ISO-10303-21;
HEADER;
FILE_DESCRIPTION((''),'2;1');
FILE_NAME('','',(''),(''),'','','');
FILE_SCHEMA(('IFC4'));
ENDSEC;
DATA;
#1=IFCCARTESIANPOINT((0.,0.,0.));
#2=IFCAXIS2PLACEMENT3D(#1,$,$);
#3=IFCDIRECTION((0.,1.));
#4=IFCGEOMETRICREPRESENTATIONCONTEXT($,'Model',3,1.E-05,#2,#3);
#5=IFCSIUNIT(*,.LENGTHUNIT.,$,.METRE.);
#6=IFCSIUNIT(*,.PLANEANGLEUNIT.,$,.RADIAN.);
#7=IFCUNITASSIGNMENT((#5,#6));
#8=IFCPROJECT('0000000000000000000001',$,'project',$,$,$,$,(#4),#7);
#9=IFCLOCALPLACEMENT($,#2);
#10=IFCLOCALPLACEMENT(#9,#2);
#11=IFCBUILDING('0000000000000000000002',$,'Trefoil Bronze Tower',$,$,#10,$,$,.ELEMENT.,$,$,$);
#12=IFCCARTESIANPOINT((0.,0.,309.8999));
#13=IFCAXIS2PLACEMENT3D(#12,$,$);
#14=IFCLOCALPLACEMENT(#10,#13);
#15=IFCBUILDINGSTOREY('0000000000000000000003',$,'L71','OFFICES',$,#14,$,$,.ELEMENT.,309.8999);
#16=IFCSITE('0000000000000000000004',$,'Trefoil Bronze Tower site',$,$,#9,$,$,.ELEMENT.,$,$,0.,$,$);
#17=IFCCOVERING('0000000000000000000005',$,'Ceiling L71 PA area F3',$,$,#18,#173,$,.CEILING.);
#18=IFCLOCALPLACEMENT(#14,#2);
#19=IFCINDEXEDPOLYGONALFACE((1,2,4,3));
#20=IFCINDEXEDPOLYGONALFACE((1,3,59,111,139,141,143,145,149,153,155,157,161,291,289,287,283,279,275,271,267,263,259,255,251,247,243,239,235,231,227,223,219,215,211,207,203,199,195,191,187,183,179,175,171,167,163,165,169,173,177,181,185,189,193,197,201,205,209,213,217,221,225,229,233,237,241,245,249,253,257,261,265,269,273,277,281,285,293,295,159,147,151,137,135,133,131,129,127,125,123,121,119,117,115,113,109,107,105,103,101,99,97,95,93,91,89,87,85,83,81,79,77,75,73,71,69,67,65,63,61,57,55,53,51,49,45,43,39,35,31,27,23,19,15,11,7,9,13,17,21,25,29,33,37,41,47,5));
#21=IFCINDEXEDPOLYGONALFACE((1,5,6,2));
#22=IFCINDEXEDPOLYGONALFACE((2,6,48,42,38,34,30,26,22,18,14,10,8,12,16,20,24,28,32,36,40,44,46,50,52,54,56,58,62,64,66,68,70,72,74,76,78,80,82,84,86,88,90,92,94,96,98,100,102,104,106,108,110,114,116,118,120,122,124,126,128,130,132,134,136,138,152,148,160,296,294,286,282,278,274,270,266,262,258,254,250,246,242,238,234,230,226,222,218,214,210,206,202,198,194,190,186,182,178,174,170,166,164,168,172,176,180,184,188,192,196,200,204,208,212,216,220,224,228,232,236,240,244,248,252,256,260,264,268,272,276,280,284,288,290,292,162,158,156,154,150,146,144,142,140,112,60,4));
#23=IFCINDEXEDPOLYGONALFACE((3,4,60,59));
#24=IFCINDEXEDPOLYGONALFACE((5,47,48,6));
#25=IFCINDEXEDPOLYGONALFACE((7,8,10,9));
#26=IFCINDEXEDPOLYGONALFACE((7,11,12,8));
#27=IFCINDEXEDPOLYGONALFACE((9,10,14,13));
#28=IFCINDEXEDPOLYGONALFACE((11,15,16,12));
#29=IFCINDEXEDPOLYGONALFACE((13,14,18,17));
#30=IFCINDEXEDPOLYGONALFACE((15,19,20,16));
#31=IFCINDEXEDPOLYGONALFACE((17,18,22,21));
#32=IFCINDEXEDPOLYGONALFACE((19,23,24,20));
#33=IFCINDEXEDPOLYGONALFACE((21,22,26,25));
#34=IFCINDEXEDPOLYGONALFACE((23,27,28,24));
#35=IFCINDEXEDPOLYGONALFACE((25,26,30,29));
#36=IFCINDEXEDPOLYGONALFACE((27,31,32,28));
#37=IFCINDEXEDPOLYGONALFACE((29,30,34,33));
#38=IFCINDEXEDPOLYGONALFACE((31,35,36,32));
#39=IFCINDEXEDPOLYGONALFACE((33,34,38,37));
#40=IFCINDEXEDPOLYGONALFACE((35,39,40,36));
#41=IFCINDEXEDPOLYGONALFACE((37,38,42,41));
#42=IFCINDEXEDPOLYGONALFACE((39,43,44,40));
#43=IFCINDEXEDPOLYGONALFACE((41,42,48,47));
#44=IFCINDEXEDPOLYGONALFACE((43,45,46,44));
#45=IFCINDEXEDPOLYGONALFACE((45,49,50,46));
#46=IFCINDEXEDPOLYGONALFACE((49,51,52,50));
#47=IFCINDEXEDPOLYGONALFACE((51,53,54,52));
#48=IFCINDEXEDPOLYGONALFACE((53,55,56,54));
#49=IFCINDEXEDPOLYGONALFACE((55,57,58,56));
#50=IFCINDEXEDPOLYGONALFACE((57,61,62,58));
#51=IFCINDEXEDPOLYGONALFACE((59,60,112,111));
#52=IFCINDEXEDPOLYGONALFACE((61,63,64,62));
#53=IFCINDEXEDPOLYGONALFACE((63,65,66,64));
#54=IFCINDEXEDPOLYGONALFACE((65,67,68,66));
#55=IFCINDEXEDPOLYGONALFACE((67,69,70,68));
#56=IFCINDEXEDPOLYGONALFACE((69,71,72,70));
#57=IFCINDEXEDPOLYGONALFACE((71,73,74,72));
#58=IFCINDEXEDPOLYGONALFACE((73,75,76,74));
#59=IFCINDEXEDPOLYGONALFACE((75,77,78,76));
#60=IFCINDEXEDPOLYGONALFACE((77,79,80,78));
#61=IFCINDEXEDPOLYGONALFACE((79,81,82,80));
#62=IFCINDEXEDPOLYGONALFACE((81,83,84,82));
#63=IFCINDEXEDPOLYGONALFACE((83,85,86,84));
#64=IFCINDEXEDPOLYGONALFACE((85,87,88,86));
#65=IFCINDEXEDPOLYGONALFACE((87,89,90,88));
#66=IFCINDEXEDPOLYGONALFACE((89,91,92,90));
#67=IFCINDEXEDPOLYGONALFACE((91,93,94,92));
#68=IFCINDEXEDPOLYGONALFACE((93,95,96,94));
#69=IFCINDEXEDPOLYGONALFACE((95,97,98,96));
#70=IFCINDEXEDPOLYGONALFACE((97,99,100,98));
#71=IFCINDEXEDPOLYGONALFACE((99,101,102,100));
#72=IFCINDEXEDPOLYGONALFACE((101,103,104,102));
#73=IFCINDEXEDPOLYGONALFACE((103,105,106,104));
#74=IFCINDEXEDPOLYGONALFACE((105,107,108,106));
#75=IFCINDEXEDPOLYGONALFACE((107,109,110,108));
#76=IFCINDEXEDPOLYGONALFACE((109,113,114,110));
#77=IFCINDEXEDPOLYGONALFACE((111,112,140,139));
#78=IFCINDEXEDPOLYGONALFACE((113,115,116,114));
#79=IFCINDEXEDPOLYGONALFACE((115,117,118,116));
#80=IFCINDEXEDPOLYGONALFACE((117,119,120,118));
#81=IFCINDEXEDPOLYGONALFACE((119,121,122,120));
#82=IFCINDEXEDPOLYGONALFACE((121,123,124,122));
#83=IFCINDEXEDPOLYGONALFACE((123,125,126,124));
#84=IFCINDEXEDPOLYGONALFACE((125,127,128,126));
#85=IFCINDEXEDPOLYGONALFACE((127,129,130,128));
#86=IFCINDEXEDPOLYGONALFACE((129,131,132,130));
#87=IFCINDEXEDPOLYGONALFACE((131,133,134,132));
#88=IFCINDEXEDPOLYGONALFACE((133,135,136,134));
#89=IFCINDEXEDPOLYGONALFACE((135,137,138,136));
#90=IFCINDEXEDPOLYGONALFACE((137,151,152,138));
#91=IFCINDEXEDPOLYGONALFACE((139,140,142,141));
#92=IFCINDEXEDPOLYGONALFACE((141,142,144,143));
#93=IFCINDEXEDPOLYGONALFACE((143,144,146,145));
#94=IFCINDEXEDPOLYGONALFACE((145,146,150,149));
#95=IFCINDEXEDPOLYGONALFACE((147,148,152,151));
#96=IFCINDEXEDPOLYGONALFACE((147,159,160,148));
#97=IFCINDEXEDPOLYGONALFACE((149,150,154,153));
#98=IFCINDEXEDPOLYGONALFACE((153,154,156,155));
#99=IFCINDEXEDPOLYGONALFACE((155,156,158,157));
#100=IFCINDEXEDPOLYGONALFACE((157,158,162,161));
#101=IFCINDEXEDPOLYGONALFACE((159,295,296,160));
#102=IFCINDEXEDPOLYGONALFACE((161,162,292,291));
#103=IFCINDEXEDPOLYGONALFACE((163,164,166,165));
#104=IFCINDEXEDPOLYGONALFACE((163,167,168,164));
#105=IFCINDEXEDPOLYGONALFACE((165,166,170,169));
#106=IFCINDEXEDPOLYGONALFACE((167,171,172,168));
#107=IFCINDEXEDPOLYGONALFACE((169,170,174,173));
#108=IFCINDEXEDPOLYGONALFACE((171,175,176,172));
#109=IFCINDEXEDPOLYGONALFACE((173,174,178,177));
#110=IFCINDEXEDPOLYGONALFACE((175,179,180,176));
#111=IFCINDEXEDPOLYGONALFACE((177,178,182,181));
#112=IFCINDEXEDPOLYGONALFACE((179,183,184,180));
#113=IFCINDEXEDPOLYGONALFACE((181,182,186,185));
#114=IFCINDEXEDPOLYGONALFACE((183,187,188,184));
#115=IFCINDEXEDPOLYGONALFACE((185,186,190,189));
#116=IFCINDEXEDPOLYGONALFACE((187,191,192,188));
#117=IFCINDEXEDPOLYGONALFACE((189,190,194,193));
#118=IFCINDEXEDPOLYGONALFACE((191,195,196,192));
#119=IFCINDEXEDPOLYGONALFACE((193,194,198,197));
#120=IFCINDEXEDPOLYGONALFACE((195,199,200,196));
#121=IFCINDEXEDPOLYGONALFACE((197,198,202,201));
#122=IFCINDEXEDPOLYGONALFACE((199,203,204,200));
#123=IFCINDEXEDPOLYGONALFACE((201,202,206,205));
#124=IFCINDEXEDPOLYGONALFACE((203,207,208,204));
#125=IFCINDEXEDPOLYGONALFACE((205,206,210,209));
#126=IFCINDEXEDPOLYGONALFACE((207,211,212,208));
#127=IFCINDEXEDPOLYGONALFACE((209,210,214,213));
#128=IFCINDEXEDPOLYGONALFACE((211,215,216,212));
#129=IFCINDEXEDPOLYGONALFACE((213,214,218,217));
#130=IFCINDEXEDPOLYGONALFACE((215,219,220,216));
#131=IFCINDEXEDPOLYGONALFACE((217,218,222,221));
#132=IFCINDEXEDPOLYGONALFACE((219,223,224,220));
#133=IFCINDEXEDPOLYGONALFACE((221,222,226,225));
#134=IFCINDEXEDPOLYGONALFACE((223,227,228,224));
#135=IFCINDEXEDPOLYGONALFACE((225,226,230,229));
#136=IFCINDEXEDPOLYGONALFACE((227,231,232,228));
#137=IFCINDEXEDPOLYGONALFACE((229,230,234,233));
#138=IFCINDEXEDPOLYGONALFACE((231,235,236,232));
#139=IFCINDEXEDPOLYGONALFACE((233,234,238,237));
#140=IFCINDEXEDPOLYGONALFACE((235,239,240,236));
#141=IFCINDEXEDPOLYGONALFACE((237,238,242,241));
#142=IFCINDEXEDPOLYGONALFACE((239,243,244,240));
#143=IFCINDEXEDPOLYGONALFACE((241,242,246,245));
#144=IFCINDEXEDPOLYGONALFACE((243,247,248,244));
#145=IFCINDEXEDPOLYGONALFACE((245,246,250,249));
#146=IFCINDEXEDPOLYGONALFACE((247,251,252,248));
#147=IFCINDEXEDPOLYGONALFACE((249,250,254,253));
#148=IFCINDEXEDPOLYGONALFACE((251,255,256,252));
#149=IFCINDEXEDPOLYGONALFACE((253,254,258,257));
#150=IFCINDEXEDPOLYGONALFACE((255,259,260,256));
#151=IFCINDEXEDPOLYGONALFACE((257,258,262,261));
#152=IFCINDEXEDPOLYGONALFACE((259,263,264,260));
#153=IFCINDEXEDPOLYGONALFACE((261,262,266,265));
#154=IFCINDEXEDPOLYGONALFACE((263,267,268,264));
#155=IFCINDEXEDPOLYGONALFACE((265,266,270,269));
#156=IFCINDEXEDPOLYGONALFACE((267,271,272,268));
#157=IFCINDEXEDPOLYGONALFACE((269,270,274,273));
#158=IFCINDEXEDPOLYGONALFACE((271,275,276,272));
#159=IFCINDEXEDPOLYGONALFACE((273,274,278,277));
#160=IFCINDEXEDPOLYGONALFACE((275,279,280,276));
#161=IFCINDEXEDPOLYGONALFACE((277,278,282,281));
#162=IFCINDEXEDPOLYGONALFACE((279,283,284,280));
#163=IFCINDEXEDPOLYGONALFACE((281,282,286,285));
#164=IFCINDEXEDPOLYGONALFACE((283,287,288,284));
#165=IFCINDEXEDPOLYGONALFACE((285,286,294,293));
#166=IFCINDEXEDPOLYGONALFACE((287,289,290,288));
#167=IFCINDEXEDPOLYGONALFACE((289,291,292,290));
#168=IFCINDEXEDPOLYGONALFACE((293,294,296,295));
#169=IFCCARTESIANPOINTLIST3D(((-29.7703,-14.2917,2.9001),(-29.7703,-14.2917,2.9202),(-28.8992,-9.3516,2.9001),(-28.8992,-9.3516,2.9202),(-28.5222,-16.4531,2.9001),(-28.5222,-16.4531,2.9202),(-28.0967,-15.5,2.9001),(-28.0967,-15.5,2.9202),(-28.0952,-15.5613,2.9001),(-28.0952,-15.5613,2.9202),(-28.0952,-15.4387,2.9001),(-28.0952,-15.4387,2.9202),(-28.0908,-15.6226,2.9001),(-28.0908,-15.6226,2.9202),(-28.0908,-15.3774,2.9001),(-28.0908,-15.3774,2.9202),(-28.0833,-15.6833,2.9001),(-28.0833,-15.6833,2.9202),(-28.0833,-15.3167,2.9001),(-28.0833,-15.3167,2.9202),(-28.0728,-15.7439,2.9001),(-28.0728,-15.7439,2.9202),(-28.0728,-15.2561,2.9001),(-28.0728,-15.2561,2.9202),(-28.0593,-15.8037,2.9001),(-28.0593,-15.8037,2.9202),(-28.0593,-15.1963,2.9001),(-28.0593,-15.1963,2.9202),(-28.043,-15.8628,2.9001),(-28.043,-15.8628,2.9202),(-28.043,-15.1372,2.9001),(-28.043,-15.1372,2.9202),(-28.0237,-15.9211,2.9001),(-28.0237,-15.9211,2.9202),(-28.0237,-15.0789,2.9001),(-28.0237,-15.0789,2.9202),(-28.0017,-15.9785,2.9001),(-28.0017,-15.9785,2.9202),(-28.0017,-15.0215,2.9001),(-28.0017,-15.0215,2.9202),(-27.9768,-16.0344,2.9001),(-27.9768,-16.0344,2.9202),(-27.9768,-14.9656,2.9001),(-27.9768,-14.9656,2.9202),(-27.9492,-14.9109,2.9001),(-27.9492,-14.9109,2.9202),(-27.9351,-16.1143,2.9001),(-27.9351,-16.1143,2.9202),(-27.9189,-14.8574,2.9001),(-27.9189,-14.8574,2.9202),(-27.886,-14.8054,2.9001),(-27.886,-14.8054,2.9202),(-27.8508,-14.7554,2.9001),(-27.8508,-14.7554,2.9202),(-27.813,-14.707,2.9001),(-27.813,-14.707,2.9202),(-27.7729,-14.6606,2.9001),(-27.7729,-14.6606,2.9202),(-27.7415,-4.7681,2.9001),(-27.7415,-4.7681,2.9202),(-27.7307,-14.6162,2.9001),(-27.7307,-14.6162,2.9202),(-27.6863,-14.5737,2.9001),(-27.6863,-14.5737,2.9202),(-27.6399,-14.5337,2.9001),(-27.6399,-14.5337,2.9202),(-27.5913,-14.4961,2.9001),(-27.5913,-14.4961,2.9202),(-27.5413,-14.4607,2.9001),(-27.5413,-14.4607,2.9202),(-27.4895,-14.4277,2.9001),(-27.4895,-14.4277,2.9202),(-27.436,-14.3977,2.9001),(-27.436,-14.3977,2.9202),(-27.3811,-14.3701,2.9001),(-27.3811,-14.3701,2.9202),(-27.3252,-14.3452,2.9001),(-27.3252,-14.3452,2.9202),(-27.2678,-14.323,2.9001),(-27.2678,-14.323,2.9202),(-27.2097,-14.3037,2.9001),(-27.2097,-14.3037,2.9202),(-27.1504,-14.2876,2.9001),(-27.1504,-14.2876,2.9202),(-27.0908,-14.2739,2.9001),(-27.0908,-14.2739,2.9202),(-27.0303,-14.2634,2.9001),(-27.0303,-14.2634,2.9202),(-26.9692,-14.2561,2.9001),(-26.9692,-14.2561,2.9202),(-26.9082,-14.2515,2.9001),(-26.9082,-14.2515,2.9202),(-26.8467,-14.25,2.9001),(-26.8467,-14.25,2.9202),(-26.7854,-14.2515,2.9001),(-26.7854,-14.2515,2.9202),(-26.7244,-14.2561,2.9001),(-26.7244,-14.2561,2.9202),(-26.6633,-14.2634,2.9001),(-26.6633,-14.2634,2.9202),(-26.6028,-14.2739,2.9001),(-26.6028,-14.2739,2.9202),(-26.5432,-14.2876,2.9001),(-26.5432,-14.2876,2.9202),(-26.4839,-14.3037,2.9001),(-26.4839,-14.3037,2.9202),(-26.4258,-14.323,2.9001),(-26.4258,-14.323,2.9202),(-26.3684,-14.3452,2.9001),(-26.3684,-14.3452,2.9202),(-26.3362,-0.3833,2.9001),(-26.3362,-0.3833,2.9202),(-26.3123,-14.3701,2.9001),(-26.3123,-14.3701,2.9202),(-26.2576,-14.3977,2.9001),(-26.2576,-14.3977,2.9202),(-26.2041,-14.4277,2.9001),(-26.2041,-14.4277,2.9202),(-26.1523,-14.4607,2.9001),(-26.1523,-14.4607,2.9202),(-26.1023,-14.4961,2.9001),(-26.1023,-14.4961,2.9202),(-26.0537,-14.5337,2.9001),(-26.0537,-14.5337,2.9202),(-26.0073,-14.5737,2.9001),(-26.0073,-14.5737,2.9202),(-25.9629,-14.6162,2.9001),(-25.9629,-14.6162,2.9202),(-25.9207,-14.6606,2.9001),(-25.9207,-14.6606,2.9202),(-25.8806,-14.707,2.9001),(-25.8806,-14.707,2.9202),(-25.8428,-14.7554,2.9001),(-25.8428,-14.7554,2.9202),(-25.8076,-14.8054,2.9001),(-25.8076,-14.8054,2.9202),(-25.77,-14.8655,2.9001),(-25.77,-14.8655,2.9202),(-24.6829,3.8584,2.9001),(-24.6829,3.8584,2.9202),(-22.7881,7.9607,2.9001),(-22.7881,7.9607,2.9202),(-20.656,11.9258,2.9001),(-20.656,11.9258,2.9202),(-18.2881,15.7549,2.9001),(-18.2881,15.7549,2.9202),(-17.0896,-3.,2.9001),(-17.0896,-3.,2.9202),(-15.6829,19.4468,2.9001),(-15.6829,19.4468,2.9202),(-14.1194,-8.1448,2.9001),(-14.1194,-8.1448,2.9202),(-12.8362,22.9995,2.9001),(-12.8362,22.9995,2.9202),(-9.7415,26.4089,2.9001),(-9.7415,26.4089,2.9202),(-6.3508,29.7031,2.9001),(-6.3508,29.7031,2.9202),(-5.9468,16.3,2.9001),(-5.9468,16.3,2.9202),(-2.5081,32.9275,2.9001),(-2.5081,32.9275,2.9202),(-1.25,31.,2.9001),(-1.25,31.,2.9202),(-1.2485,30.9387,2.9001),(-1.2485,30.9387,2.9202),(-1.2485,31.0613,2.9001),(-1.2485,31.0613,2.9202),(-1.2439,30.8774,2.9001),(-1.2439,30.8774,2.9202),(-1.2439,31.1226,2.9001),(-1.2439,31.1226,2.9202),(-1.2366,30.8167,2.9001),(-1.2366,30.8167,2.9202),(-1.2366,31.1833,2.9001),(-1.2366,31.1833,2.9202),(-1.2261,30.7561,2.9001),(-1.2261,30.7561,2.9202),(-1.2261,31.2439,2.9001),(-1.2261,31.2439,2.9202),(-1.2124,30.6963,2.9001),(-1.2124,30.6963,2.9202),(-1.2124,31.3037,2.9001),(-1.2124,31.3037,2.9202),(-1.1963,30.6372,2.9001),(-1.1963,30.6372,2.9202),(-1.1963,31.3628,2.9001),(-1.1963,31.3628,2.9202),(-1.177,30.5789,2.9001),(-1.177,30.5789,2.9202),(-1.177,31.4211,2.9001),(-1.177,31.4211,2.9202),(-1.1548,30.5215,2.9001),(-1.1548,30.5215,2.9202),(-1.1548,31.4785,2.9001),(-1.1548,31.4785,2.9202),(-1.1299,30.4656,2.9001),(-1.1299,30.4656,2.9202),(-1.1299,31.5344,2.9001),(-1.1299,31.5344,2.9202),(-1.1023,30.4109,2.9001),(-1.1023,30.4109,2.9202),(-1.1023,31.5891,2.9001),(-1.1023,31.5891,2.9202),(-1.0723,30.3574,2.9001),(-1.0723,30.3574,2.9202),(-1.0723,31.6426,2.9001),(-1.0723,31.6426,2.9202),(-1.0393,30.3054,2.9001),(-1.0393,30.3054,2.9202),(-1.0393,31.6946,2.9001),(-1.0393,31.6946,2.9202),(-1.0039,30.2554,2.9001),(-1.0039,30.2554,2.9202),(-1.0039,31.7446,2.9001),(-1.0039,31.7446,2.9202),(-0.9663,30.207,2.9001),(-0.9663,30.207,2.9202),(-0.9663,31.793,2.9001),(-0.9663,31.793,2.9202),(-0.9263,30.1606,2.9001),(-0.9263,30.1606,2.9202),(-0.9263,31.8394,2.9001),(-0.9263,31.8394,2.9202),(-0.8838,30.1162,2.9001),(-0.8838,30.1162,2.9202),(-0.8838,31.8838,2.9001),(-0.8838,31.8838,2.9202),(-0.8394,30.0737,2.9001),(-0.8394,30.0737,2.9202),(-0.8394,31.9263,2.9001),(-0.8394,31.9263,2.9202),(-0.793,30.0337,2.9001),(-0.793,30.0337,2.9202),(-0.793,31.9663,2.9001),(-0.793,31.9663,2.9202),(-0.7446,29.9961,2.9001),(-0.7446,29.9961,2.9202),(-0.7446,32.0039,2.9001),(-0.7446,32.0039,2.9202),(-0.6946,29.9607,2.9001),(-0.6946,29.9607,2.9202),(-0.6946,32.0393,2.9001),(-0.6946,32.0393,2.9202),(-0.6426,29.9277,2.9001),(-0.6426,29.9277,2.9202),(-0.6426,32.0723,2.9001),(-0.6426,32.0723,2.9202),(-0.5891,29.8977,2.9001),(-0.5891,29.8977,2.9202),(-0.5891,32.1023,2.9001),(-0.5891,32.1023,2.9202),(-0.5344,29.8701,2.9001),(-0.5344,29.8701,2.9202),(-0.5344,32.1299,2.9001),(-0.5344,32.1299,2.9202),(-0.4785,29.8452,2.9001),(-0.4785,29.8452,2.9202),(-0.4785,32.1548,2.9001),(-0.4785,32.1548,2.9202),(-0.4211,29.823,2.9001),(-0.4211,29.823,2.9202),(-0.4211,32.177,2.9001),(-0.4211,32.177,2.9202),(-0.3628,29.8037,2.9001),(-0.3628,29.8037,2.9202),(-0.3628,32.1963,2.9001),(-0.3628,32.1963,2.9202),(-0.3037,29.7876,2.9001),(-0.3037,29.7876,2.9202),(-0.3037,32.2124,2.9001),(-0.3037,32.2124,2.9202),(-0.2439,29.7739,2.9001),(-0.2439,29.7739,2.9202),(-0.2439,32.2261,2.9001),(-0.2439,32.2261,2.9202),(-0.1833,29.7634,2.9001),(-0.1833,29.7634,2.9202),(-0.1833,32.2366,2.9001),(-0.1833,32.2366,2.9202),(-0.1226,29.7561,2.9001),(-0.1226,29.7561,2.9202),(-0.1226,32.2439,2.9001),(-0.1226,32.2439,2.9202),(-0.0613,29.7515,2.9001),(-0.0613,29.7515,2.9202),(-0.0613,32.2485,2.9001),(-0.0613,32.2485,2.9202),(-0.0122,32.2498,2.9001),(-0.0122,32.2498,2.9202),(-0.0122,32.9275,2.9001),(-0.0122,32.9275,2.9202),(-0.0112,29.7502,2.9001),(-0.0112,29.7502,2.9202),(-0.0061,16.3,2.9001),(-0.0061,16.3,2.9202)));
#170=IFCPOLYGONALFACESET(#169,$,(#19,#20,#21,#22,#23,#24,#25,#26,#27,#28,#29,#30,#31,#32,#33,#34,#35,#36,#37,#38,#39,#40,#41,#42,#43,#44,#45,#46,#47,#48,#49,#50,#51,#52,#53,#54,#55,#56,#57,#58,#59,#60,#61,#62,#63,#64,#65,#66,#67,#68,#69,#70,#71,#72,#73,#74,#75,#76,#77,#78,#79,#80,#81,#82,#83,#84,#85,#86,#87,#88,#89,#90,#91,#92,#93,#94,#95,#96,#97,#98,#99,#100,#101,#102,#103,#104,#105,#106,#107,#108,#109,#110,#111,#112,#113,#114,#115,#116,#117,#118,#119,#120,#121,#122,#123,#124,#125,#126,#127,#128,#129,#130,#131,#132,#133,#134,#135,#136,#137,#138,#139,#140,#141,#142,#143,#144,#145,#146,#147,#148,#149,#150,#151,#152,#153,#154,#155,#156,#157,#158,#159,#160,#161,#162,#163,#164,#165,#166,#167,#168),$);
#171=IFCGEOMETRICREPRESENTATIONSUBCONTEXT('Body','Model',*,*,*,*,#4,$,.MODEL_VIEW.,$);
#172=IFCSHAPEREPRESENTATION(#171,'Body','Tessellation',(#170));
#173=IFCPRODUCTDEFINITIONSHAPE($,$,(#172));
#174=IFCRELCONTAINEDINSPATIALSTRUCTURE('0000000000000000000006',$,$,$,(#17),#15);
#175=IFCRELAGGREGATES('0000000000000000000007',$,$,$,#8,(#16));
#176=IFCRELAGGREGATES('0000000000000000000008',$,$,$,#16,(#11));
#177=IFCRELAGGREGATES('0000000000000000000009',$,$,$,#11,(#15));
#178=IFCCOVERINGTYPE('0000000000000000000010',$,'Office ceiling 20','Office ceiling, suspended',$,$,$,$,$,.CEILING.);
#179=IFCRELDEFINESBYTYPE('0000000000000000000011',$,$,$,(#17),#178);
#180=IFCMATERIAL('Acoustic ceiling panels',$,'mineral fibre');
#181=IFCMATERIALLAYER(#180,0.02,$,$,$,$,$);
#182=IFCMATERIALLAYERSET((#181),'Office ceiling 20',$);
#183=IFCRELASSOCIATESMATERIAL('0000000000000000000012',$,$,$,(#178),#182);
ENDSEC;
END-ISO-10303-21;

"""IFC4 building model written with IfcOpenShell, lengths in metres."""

from ifc_helpers import new_model, si_unit, direction, frame, origin, place, context, subcontext, project, spatial, polyline, outline, extrude, material, layer, layer_set, type_object, element, save


model = new_model("IFC4")

# Units and contexts
model_context = context("Model", 3, precision=1e-05, world=origin(), true_north=direction((0.0, 1.0)))
body_context = subcontext(model_context, "Body", "Model", "MODEL_VIEW")
ifc_project = project(units=[si_unit("LENGTHUNIT", "METRE"), si_unit("PLANEANGLEUNIT", "RADIAN")], contexts=[model_context])

# Site, building, storey
site_placement = place(None, origin())
site = spatial("IfcSite", under=ifc_project, at=site_placement, Name="Trefoil Bronze Tower site", CompositionType="ELEMENT", RefElevation=0.0)
building_placement = place(site_placement, origin())
building = spatial("IfcBuilding", under=site, at=building_placement, Name="Trefoil Bronze Tower", CompositionType="ELEMENT")
storey_placement = place(building_placement, frame((0.0, 0.0, 309.8999)))
storey = spatial("IfcBuildingStorey", under=building, at=storey_placement, Name="L71", Description="OFFICES", CompositionType="ELEMENT", Elevation=309.8999)

# Covering
ifc_material_1 = material(Name="Acoustic ceiling panels", Category="mineral fibre")
ifc_layer_1 = layer(ifc_material_1, 0.02)
ifc_layer_set_1 = layer_set([ifc_layer_1], Name="Office ceiling 20")
covering_type_1 = type_object("IfcCoveringType", Name="Office ceiling 20", Description="Office ceiling, suspended", PredefinedType="CEILING", material=ifc_layer_set_1)
covering_1_placement = place(storey_placement, frame((0.0, 0.0, 2.9001)))
element("IfcCovering", 1, at=covering_1_placement, inside=storey, type_object=covering_type_1, Name="Ceiling L71 PA area F3", PredefinedType="CEILING", context=body_context, shape_type="SweptSolid", body=[
    extrude(outline(polyline([(-27.7415, -4.7681), (-26.3362, -0.3833), (-24.6829, 3.8584), (-22.7881, 7.9607), (-20.656, 11.9258), (-18.2881, 15.7549), (-15.6829, 19.4468), (-12.8362, 22.9995), (-9.7415, 26.4089), (-6.3508, 29.7031), (-2.5081, 32.9275), (-0.0122, 32.9275), (-0.0122, 32.2498), (-0.0613, 32.2485), (-0.1226, 32.2439), (-0.1833, 32.2366), (-0.2439, 32.2261), (-0.3037, 32.2124), (-0.3628, 32.1963), (-0.4211, 32.177), (-0.4785, 32.1548), (-0.5344, 32.1299), (-0.5891, 32.1023), (-0.6426, 32.0723), (-0.6946, 32.0393), (-0.7446, 32.0039), (-0.793, 31.9663), (-0.8394, 31.9263), (-0.8838, 31.8838), (-0.9263, 31.8394), (-0.9663, 31.793), (-1.0039, 31.7446), (-1.0393, 31.6946), (-1.0723, 31.6426), (-1.1023, 31.5891), (-1.1299, 31.5344), (-1.1548, 31.4785), (-1.177, 31.4211), (-1.1963, 31.3628), (-1.2124, 31.3037), (-1.2261, 31.2439), (-1.2366, 31.1833), (-1.2439, 31.1226), (-1.2485, 31.0613), (-1.25, 31.0), (-1.2485, 30.9387), (-1.2439, 30.8774), (-1.2366, 30.8167), (-1.2261, 30.7561), (-1.2124, 30.6963), (-1.1963, 30.6372), (-1.177, 30.5789), (-1.1548, 30.5215), (-1.1299, 30.4656), (-1.1023, 30.4109), (-1.0723, 30.3574), (-1.0393, 30.3054), (-1.0039, 30.2554), (-0.9663, 30.207), (-0.9263, 30.1606), (-0.8838, 30.1162), (-0.8394, 30.0737), (-0.793, 30.0337), (-0.7446, 29.9961), (-0.6946, 29.9607), (-0.6426, 29.9277), (-0.5891, 29.8977), (-0.5344, 29.8701), (-0.4785, 29.8452), (-0.4211, 29.823), (-0.3628, 29.8037), (-0.3037, 29.7876), (-0.2439, 29.7739), (-0.1833, 29.7634), (-0.1226, 29.7561), (-0.0613, 29.7515), (-0.0112, 29.7502), (-0.0061, 16.3), (-5.9468, 16.3), (-17.0896, -3.0), (-14.1194, -8.1448), (-25.77, -14.8655), (-25.8076, -14.8054), (-25.8428, -14.7554), (-25.8806, -14.707), (-25.9207, -14.6606), (-25.9629, -14.6162), (-26.0073, -14.5737), (-26.0537, -14.5337), (-26.1023, -14.4961), (-26.1523, -14.4607), (-26.2041, -14.4277), (-26.2576, -14.3977), (-26.3123, -14.3701), (-26.3684, -14.3452), (-26.4258, -14.323), (-26.4839, -14.3037), (-26.5432, -14.2876), (-26.6028, -14.2739), (-26.6633, -14.2634), (-26.7244, -14.2561), (-26.7854, -14.2515), (-26.8467, -14.25), (-26.9082, -14.2515), (-26.9692, -14.2561), (-27.0303, -14.2634), (-27.0908, -14.2739), (-27.1504, -14.2876), (-27.2097, -14.3037), (-27.2678, -14.323), (-27.3252, -14.3452), (-27.3811, -14.3701), (-27.436, -14.3977), (-27.4895, -14.4277), (-27.5413, -14.4607), (-27.5913, -14.4961), (-27.6399, -14.5337), (-27.6863, -14.5737), (-27.7307, -14.6162), (-27.7729, -14.6606), (-27.813, -14.707), (-27.8508, -14.7554), (-27.886, -14.8054), (-27.9189, -14.8574), (-27.9492, -14.9109), (-27.9768, -14.9656), (-28.0017, -15.0215), (-28.0237, -15.0789), (-28.043, -15.1372), (-28.0593, -15.1963), (-28.0728, -15.2561), (-28.0833, -15.3167), (-28.0908, -15.3774), (-28.0952, -15.4387), (-28.0967, -15.5), (-28.0952, -15.5613), (-28.0908, -15.6226), (-28.0833, -15.6833), (-28.0728, -15.7439), (-28.0593, -15.8037), (-28.043, -15.8628), (-28.0237, -15.9211), (-28.0017, -15.9785), (-27.9768, -16.0344), (-27.9351, -16.1143), (-28.5222, -16.4531), (-29.7703, -14.2917), (-28.8992, -9.3516), (-27.7415, -4.7681)])), origin(), (0.0, 0.0, 1.0), 0.02),
])

save(model, "model.ifc")
